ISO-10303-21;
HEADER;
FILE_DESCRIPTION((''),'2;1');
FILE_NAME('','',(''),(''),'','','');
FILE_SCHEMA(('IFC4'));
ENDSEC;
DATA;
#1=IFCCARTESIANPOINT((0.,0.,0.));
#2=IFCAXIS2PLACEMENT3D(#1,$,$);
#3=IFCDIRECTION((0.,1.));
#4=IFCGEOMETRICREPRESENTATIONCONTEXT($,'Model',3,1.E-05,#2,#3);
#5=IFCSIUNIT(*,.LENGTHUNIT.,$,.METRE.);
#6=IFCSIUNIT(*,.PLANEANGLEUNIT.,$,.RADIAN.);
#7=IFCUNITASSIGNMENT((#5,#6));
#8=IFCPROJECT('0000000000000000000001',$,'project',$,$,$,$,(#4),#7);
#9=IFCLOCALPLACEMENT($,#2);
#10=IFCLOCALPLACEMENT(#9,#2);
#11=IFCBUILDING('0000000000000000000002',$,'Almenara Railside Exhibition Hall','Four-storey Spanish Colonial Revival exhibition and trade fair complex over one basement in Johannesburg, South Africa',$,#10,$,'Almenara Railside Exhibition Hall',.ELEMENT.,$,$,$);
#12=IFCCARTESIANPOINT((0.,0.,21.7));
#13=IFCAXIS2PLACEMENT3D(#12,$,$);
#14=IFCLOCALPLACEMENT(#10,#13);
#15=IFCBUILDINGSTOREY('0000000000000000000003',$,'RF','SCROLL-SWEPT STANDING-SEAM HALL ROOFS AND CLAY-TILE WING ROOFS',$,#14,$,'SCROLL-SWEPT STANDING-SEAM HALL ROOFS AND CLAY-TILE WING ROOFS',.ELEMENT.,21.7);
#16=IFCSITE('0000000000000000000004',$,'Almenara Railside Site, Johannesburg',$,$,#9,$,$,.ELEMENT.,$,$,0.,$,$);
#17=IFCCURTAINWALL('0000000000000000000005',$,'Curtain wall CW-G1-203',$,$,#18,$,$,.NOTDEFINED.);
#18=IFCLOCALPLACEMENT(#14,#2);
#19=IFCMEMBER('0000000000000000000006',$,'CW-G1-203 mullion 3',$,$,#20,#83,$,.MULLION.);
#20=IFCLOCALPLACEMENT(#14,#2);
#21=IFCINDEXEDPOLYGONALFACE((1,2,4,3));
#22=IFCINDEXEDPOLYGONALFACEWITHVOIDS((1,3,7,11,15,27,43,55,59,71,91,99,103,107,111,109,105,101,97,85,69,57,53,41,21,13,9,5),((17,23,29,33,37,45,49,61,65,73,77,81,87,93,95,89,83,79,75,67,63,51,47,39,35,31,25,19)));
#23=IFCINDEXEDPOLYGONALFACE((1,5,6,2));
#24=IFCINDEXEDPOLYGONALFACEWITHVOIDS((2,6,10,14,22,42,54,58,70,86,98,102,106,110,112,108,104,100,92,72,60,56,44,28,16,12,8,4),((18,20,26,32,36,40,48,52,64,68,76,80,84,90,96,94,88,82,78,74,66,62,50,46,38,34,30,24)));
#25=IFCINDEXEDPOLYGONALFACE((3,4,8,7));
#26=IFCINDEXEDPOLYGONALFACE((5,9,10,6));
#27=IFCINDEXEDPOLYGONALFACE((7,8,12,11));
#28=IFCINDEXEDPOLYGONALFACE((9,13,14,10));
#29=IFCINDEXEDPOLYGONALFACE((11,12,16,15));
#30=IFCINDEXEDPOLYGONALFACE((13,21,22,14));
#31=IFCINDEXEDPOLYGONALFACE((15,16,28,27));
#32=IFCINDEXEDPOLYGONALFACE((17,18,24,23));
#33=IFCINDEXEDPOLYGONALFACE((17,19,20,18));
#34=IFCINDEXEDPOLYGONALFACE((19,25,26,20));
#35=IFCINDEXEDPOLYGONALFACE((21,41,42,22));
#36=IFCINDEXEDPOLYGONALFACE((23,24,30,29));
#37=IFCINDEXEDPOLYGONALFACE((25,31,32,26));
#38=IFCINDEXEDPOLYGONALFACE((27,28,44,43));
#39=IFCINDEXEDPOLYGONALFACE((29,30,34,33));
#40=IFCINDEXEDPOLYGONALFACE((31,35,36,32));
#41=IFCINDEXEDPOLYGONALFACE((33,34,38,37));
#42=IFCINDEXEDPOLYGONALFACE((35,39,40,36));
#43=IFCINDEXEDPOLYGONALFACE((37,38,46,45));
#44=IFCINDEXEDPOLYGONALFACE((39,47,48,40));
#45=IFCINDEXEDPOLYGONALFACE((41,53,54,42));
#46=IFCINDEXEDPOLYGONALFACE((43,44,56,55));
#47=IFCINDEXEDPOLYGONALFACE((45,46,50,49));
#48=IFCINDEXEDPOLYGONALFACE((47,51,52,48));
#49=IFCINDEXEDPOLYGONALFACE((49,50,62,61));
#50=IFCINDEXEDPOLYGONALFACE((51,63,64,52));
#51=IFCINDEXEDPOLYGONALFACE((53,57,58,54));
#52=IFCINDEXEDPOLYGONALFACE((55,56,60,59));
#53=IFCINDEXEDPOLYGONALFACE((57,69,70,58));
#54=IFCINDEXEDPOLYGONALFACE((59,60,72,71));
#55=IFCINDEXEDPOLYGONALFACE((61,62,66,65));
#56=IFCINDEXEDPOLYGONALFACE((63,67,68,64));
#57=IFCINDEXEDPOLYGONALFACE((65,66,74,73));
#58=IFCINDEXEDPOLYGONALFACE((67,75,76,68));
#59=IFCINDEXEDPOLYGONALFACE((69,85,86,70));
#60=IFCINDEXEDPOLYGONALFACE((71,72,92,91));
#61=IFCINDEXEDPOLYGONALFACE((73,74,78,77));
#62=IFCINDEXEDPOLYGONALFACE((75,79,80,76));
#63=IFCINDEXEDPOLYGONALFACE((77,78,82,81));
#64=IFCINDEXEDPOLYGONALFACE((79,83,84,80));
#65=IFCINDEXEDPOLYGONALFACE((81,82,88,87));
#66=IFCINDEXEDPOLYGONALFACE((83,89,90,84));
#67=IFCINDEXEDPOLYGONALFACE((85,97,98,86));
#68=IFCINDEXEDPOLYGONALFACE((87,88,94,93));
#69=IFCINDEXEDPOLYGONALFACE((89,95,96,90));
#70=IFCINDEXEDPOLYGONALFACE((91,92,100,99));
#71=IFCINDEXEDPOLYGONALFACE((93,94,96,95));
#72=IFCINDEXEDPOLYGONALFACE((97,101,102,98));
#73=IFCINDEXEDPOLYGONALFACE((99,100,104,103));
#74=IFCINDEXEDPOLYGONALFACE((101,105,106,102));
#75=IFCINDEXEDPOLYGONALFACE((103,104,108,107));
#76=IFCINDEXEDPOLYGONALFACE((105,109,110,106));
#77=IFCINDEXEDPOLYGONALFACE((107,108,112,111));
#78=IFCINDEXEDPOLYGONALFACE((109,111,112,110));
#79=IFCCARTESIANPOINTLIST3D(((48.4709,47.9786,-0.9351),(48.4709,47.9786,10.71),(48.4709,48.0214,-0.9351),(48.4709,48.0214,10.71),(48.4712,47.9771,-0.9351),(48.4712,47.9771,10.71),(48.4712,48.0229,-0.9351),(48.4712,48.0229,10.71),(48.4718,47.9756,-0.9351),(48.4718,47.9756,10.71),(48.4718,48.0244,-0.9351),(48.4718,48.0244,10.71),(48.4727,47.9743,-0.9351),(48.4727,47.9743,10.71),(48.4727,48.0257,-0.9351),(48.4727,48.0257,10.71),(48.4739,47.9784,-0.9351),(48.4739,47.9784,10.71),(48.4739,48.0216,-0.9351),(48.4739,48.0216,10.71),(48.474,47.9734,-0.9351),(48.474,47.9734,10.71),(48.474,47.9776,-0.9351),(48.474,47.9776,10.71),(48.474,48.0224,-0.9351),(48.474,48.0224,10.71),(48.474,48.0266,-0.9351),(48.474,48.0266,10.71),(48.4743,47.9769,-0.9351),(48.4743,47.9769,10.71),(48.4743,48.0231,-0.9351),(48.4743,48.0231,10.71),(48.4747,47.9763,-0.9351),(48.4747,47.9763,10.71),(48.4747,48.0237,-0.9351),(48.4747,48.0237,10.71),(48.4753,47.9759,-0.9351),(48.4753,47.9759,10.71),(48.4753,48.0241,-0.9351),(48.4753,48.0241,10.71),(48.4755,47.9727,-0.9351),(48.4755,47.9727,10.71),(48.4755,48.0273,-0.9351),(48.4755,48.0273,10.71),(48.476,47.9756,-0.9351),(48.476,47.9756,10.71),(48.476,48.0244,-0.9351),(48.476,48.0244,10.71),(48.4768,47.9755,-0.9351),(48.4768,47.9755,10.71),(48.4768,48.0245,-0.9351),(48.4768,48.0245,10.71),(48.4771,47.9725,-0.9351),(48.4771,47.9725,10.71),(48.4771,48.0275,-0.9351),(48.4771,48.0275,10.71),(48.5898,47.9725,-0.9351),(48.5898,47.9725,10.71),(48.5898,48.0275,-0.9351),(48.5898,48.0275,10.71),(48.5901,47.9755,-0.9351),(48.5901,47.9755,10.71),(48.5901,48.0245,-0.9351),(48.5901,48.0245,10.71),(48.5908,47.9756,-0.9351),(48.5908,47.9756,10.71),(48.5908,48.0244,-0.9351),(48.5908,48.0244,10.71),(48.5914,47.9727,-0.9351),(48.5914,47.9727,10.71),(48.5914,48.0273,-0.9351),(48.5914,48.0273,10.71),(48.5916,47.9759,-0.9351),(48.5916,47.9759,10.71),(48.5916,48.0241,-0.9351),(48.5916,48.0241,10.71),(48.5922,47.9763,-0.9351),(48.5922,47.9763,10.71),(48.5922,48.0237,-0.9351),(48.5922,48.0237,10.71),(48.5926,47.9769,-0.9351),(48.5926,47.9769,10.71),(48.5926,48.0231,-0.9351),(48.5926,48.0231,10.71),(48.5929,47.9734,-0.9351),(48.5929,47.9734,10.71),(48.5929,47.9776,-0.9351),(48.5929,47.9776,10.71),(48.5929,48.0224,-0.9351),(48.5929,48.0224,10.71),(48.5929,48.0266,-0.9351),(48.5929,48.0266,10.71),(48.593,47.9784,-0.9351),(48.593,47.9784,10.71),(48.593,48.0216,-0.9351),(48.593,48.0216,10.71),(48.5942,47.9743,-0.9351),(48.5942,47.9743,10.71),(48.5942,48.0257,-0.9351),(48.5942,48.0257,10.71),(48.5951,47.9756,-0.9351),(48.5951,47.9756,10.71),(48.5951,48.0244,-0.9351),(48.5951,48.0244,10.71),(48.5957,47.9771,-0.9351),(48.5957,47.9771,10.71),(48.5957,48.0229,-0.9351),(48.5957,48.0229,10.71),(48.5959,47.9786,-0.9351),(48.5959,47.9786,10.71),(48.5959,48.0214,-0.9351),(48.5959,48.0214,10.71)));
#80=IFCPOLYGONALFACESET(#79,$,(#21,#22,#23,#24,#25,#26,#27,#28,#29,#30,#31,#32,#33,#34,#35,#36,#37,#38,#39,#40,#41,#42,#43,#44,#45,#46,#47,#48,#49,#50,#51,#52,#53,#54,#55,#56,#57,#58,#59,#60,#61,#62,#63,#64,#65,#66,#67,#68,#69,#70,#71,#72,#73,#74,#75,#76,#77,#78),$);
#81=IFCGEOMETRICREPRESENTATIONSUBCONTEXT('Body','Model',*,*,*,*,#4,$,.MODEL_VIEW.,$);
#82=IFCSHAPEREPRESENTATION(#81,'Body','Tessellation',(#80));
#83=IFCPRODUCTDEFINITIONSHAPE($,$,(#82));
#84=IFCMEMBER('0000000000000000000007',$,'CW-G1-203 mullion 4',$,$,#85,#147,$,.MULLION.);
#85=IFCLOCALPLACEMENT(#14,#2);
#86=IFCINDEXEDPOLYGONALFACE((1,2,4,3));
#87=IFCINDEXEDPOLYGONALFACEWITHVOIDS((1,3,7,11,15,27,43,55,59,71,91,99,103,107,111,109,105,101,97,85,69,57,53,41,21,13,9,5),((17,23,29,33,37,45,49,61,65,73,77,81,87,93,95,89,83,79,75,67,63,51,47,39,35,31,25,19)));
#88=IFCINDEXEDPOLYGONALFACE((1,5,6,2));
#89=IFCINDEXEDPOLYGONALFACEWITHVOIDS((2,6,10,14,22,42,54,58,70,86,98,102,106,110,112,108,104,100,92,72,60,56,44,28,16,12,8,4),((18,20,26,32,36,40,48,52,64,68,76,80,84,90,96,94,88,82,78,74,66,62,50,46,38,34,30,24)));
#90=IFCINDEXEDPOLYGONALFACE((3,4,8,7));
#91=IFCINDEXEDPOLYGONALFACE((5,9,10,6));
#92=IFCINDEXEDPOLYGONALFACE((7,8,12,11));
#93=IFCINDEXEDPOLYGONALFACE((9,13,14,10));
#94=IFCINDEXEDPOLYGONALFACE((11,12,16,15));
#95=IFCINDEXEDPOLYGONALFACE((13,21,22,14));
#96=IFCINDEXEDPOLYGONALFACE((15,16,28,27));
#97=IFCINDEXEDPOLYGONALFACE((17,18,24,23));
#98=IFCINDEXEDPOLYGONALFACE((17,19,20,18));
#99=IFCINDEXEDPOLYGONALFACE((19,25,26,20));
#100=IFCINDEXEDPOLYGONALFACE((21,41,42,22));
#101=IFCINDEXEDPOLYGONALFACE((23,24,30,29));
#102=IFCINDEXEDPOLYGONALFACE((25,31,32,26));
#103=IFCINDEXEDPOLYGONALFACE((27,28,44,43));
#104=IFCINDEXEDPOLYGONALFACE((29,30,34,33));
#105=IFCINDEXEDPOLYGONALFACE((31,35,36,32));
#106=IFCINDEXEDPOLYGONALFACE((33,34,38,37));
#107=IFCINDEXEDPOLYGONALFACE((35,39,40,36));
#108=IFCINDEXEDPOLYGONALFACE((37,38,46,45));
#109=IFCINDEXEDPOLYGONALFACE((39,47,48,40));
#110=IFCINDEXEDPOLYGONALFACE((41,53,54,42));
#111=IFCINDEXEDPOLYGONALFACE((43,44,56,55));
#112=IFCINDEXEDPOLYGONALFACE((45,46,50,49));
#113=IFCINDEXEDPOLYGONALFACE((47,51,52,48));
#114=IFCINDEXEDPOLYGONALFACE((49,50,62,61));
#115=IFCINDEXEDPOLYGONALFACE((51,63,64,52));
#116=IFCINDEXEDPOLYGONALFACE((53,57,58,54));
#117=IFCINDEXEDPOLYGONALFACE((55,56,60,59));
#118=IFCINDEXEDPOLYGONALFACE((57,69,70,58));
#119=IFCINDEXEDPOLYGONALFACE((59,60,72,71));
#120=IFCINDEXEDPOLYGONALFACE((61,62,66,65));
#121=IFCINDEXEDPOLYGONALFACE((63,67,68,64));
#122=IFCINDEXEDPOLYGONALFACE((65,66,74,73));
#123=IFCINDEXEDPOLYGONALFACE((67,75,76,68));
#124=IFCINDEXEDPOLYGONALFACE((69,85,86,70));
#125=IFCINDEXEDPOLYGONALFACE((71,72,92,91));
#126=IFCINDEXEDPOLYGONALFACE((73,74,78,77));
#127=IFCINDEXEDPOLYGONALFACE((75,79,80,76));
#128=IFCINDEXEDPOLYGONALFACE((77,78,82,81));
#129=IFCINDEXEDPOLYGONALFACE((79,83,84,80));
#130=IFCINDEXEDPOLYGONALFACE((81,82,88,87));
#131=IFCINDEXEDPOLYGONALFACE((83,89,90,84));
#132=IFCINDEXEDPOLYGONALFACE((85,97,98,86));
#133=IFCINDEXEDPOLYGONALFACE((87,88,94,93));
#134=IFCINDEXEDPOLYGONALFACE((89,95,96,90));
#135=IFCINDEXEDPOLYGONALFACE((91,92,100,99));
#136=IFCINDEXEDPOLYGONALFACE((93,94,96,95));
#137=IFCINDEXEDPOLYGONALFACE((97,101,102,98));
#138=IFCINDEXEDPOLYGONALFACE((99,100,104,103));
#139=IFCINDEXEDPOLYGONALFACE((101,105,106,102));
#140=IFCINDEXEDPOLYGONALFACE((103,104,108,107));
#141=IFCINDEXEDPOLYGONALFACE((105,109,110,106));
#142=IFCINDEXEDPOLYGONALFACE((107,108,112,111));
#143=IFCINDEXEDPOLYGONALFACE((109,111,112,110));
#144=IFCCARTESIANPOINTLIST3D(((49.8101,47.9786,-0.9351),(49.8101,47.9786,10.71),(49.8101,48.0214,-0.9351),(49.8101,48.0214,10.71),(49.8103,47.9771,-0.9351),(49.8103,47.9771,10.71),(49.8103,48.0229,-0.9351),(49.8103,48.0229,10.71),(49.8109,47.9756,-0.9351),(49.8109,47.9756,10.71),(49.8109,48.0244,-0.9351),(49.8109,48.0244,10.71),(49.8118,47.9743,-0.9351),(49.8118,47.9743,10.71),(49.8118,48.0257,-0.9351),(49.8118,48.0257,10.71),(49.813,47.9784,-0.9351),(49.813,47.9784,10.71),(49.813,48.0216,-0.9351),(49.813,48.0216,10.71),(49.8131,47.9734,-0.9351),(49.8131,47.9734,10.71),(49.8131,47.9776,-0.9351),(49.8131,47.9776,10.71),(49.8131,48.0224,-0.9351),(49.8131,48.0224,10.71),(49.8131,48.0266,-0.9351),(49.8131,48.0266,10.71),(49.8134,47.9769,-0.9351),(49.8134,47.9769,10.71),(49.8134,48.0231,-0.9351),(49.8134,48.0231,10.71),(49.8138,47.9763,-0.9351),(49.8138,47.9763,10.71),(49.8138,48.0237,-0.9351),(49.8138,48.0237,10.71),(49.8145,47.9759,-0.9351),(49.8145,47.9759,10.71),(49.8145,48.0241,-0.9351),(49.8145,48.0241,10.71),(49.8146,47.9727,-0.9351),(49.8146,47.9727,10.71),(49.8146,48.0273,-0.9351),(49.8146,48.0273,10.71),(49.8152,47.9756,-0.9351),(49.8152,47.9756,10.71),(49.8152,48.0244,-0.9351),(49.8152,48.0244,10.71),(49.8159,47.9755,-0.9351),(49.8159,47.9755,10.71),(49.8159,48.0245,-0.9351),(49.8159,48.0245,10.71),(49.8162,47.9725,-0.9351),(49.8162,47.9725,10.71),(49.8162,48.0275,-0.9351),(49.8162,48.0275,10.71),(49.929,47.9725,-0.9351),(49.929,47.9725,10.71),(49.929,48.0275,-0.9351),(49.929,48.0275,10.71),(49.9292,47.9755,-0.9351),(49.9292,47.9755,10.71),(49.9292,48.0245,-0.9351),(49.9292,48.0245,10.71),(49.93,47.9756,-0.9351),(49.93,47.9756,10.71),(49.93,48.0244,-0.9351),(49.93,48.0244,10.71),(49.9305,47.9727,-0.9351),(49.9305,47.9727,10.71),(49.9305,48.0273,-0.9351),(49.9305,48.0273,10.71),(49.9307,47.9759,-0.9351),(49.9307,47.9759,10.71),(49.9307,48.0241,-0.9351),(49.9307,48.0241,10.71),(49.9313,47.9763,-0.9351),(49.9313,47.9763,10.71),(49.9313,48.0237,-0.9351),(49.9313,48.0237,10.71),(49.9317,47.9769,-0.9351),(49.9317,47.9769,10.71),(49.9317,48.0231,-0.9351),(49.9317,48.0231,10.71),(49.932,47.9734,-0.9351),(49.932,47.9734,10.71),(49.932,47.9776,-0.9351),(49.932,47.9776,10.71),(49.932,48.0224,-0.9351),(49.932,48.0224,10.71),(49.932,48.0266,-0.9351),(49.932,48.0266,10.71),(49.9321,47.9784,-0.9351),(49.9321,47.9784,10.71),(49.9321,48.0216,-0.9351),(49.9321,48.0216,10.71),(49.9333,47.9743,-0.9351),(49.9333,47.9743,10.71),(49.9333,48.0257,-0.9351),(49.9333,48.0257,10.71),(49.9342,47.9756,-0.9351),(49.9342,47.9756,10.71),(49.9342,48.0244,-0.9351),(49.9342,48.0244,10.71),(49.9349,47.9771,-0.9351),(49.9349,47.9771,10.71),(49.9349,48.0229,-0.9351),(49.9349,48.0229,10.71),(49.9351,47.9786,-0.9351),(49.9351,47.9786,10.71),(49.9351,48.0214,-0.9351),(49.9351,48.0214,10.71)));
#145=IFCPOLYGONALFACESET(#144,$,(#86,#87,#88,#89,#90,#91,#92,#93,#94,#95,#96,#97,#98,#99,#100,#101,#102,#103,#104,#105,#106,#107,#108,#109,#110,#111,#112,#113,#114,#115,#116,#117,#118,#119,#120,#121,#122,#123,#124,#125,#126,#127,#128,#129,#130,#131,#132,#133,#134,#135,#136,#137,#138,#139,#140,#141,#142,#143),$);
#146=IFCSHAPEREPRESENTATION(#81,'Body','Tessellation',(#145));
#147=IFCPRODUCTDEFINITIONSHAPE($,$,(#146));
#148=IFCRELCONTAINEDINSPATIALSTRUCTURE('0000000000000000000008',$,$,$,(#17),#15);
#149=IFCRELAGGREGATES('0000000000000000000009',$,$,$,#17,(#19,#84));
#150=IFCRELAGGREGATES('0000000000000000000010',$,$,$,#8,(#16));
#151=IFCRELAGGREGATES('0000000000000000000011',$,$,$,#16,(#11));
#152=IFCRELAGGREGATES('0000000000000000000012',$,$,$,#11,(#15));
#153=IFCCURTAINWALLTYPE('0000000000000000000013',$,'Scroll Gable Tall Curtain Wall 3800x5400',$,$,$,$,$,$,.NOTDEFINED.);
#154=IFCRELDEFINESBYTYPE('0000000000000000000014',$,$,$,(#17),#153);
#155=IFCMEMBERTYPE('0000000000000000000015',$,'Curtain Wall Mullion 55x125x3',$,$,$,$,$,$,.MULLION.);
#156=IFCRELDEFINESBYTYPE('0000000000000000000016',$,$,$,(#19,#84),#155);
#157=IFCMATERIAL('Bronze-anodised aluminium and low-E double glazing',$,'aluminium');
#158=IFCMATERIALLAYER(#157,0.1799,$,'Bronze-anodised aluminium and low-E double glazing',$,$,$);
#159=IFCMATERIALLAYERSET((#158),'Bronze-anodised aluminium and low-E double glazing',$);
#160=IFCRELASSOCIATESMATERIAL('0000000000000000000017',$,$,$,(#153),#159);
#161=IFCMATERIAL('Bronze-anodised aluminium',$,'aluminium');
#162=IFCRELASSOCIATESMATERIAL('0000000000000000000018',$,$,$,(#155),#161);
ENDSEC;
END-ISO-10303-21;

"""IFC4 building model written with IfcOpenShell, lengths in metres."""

from ifc_helpers import new_model, si_unit, direction, frame, origin, origin_2d, place, context, subcontext, project, spatial, hollow_rectangle, extrude, material, layer, layer_set, material_profile, profile_set, type_object, element, aggregate, save


model = new_model("IFC4")

# Units and contexts
model_context = context("Model", 3, precision=1e-05, world=origin(), true_north=direction((0.0, 1.0)))
body_context = subcontext(model_context, "Body", "Model", "MODEL_VIEW")
ifc_project = project(units=[si_unit("LENGTHUNIT", "METRE"), si_unit("PLANEANGLEUNIT", "RADIAN")], contexts=[model_context])

# Site, building, storey
site_placement = place(None, origin())
site = spatial("IfcSite", under=ifc_project, at=site_placement, Name="Almenara Railside Site, Johannesburg", CompositionType="ELEMENT", RefElevation=0.0)
building_placement = place(site_placement, origin())
building = spatial("IfcBuilding", under=site, at=building_placement, Name="Almenara Railside Exhibition Hall", Description="Four-storey Spanish Colonial Revival exhibition and trade fair complex over one basement in Johannesburg, South Africa", LongName="Almenara Railside Exhibition Hall", CompositionType="ELEMENT")
storey_placement = place(building_placement, frame((0.0, 0.0, 21.7)))
storey = spatial("IfcBuildingStorey", under=building, at=storey_placement, Name="RF", Description="SCROLL-SWEPT STANDING-SEAM HALL ROOFS AND CLAY-TILE WING ROOFS", LongName="SCROLL-SWEPT STANDING-SEAM HALL ROOFS AND CLAY-TILE WING ROOFS", CompositionType="ELEMENT", Elevation=21.7)

# Curtain wall, members
ifc_material_1 = material(Name="Bronze-anodised aluminium and low-E double glazing", Category="aluminium")
ifc_layer_1 = layer(ifc_material_1, 0.1799, Name="Bronze-anodised aluminium and low-E double glazing")
ifc_layer_set_1 = layer_set([ifc_layer_1], Name="Bronze-anodised aluminium and low-E double glazing")
curtain_wall_type = type_object("IfcCurtainWallType", Name="Scroll Gable Tall Curtain Wall 3800x5400", PredefinedType="NOTDEFINED", material=ifc_layer_set_1)
curtain_wall_1_placement = place(storey_placement, origin())
curtain_wall_1 = element("IfcCurtainWall", 1, at=curtain_wall_1_placement, inside=storey, type_object=curtain_wall_type, Name="Curtain wall CW-G1-203", PredefinedType="NOTDEFINED")
ifc_material_2 = material(Name="Bronze-anodised aluminium", Category="aluminium")
ifc_material_profile_1 = material_profile(ifc_material_2, hollow_rectangle(XDim=0.0549, YDim=0.125, WallThickness=0.0029, InnerFilletRadius=0.0029, OuterFilletRadius=0.0061, at=origin_2d()), Name="ALU-MUL 55x125x3")
ifc_profile_set_1 = profile_set([ifc_material_profile_1], Name="Bronze-anodised aluminium")
member_type_1 = type_object("IfcMemberType", Name="Curtain Wall Mullion 55x125x3", PredefinedType="MULLION", material=ifc_profile_set_1)
member_1_placement = place(storey_placement, frame((48.5334, 48.0, -0.9351), z_axis=(0.0, 0.0, 1.0), x_axis=(0.0, 1.0, 0.0)))
member_1 = element("IfcMember", 2, at=member_1_placement, type_object=member_type_1, Name="CW-G1-203 mullion 3", PredefinedType="MULLION", context=body_context, shape_type="SweptSolid", body=[
    extrude(hollow_rectangle(XDim=0.0549, YDim=0.125, WallThickness=0.0029, InnerFilletRadius=0.0029, OuterFilletRadius=0.0061, at=origin_2d()), origin(), (0.0, 0.0, 1.0), 11.645),
])
member_2_placement = place(storey_placement, frame((49.8726, 48.0, -0.9351), z_axis=(0.0, 0.0, 1.0), x_axis=(0.0, 1.0, 0.0)))
member_2 = element("IfcMember", 3, at=member_2_placement, type_object=member_type_1, Name="CW-G1-203 mullion 4", PredefinedType="MULLION", context=body_context, shape_type="SweptSolid", body=[
    extrude(hollow_rectangle(XDim=0.0549, YDim=0.125, WallThickness=0.0029, InnerFilletRadius=0.0029, OuterFilletRadius=0.0061, at=origin_2d()), origin(), (0.0, 0.0, 1.0), 11.645),
])

aggregate(curtain_wall_1, [member_1, member_2])

save(model, "model.ifc")
